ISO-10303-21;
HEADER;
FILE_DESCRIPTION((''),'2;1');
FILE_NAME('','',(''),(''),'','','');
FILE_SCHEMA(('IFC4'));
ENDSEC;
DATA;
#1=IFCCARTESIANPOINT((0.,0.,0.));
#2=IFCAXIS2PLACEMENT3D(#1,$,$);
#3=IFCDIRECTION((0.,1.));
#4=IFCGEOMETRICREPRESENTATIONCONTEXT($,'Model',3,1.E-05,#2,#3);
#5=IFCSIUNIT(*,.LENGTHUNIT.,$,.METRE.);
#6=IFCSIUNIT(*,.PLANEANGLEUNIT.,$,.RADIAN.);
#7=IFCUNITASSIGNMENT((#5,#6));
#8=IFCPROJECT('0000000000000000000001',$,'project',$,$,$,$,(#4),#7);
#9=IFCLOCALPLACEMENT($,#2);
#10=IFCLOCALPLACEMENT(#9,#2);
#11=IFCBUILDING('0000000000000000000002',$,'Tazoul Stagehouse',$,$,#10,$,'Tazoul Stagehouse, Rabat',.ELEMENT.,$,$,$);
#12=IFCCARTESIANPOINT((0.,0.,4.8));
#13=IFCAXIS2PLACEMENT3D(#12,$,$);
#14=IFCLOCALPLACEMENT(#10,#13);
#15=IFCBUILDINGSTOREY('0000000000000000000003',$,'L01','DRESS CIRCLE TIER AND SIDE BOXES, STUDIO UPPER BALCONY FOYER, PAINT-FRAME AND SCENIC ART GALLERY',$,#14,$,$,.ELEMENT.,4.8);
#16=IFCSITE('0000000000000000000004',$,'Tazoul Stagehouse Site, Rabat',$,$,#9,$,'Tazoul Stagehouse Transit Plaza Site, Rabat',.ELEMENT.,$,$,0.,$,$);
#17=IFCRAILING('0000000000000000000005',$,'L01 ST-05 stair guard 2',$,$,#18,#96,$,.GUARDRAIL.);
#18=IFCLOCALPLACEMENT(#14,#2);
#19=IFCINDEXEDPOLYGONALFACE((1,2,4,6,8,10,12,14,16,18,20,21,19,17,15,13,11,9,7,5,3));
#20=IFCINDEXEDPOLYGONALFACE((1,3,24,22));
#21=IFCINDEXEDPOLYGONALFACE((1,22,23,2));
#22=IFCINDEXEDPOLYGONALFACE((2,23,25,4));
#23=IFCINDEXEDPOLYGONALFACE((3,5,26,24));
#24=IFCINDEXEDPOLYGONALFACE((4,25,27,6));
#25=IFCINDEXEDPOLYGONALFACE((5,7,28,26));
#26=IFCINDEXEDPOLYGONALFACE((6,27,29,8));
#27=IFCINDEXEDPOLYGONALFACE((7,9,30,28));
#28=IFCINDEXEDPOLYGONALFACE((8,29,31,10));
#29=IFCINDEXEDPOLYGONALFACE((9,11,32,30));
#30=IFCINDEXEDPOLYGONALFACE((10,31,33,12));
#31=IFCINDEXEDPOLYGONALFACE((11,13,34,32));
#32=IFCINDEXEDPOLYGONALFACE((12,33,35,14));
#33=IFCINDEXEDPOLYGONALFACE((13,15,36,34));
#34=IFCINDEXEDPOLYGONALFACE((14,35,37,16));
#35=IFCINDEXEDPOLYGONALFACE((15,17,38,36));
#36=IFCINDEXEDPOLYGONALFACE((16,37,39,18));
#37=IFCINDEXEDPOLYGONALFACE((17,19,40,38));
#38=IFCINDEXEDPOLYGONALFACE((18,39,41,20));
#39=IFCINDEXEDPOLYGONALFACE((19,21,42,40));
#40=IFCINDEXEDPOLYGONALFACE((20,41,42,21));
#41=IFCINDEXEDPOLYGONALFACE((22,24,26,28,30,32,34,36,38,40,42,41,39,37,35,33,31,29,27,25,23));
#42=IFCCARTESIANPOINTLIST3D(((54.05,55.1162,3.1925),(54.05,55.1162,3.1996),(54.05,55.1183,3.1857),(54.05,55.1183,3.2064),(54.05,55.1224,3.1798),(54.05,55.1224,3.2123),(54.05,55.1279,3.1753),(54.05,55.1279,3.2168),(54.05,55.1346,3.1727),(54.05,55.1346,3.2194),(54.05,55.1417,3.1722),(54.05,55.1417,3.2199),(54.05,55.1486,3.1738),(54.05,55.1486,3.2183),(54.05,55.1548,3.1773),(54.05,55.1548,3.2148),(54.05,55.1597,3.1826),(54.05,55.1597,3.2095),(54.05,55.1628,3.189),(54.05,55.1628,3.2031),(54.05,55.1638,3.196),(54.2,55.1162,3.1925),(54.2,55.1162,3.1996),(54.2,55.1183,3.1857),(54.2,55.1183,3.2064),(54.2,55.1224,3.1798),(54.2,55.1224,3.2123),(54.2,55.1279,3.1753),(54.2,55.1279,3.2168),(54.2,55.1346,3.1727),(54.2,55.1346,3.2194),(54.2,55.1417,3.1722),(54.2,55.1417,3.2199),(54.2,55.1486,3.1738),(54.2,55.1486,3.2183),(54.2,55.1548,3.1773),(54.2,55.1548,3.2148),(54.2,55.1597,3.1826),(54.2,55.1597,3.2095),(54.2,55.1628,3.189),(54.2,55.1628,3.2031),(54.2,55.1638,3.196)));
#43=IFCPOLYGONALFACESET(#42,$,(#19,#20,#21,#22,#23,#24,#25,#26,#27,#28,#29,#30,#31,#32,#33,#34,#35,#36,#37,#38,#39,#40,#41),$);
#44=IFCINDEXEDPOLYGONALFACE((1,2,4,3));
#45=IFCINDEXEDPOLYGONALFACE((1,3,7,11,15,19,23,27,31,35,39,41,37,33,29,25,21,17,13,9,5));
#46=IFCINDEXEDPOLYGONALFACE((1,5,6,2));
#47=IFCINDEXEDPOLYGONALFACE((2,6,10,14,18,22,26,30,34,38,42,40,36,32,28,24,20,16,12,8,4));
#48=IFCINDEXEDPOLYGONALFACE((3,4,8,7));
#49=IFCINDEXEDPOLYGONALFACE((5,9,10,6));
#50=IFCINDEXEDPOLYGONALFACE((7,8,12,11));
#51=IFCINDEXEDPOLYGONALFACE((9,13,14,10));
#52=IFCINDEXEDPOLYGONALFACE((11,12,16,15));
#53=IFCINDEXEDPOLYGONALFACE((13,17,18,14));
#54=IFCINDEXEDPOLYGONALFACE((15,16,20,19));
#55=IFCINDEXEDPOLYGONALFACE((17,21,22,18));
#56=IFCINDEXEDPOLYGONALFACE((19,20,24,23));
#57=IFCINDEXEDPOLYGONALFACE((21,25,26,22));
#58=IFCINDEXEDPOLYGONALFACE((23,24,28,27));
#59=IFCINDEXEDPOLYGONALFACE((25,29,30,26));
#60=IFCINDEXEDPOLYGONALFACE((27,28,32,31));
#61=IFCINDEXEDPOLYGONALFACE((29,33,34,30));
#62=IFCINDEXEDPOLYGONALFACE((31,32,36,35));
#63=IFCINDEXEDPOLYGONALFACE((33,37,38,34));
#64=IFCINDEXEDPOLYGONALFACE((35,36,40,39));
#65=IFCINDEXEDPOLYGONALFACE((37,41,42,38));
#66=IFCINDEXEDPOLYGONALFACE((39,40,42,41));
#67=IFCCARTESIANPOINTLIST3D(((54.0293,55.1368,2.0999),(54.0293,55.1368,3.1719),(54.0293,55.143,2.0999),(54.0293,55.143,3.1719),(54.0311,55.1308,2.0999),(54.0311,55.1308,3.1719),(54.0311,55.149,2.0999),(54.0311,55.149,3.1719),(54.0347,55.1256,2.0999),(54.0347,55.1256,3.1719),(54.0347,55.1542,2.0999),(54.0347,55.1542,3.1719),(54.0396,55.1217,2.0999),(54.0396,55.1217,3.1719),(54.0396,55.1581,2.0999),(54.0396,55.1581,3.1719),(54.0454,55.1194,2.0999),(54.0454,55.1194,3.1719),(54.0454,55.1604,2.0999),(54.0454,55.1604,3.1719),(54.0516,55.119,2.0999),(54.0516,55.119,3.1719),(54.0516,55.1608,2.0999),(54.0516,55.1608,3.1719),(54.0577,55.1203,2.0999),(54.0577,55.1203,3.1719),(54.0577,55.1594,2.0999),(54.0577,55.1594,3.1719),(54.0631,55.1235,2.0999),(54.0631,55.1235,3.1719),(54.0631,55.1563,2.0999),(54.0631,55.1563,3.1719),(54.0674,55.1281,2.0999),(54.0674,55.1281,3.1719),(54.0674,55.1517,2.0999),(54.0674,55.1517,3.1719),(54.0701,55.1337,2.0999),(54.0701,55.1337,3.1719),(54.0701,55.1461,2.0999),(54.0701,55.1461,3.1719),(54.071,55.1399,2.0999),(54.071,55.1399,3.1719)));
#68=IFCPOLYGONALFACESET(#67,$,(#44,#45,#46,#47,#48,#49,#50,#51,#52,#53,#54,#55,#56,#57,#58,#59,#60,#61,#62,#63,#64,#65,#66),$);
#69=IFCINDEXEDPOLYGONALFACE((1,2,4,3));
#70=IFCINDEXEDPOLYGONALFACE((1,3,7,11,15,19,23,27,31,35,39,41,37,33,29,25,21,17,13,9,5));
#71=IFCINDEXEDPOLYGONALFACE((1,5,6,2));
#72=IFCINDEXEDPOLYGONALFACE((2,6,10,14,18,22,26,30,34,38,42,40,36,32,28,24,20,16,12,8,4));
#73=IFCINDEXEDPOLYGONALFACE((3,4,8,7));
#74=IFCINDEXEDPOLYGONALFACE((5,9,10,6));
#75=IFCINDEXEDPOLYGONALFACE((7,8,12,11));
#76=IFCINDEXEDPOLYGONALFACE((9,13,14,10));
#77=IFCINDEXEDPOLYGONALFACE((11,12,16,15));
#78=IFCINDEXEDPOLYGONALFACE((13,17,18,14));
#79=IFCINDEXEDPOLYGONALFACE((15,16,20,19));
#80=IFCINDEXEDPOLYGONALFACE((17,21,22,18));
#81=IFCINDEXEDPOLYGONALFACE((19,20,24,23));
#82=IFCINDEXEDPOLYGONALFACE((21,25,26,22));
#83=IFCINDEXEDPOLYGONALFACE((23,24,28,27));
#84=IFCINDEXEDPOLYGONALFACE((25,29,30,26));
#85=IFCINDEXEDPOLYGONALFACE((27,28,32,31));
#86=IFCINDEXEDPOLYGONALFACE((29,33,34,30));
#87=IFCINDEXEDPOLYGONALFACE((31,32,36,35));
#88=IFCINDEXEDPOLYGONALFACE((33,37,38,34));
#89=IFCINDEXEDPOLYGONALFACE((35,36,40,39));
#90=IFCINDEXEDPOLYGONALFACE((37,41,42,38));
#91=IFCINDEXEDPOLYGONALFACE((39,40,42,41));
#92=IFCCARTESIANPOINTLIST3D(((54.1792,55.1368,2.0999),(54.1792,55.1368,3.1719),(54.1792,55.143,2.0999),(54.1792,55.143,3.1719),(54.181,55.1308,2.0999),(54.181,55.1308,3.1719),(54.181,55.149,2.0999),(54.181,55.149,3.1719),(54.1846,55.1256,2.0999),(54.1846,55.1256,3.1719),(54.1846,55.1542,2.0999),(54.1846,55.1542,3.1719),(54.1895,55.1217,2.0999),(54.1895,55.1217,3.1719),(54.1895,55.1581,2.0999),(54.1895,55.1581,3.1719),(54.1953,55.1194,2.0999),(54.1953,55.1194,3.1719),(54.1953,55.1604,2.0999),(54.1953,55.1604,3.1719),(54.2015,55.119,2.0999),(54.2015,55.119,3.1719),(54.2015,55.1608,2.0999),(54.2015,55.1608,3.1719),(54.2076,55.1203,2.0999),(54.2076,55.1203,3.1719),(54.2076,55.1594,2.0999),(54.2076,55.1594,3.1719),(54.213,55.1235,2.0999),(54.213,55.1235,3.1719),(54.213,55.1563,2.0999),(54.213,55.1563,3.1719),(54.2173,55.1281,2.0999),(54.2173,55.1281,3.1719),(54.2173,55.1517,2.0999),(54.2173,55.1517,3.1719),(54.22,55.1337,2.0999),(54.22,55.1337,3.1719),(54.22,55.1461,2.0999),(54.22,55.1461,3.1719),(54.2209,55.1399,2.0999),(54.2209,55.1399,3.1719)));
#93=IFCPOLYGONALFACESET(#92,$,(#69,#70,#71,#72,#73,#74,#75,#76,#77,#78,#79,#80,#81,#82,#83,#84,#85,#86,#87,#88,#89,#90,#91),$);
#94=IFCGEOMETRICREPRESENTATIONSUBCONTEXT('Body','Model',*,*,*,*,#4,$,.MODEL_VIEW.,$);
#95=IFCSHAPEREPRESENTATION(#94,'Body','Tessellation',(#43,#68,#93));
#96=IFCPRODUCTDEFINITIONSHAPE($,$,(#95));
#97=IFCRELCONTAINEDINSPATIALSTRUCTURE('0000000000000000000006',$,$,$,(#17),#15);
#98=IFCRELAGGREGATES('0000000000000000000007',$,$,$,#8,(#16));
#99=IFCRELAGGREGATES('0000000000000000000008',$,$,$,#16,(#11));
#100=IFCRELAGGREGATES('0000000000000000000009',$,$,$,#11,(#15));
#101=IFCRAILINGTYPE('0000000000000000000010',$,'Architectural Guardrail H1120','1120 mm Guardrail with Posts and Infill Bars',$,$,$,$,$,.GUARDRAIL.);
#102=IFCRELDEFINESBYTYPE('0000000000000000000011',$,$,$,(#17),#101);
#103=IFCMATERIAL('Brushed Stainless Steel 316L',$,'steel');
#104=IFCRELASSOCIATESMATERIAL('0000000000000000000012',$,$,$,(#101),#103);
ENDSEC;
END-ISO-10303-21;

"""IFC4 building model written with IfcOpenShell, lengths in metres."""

from ifc_helpers import new_model, si_unit, direction, frame, origin, origin_2d, place, context, subcontext, project, spatial, circle, extrude, material, material_profile, profile_set, type_object, element, save


model = new_model("IFC4")

# Units and contexts
model_context = context("Model", 3, precision=1e-05, world=origin(), true_north=direction((0.0, 1.0)))
body_context = subcontext(model_context, "Body", "Model", "MODEL_VIEW")
ifc_project = project(units=[si_unit("LENGTHUNIT", "METRE"), si_unit("PLANEANGLEUNIT", "RADIAN")], contexts=[model_context])

# Site, building, storey
site_placement = place(None, origin())
site = spatial("IfcSite", under=ifc_project, at=site_placement, Name="Tazoul Stagehouse Site, Rabat", LongName="Tazoul Stagehouse Transit Plaza Site, Rabat", CompositionType="ELEMENT", RefElevation=0.0)
building_placement = place(site_placement, origin())
building = spatial("IfcBuilding", under=site, at=building_placement, Name="Tazoul Stagehouse", LongName="Tazoul Stagehouse, Rabat", CompositionType="ELEMENT")
storey_placement = place(building_placement, frame((0.0, 0.0, 4.8)))
storey = spatial("IfcBuildingStorey", under=building, at=storey_placement, Name="L01", Description="DRESS CIRCLE TIER AND SIDE BOXES, STUDIO UPPER BALCONY FOYER, PAINT-FRAME AND SCENIC ART GALLERY", CompositionType="ELEMENT", Elevation=4.8)

# Railing
ifc_material_1 = material(Name="Brushed Stainless Steel 316L", Category="steel")
ifc_material_profile_1 = material_profile(ifc_material_1, circle(Radius=0.0239, at=origin_2d()), Name="SS RAIL D48")
ifc_profile_set_1 = profile_set([ifc_material_profile_1], Name="Brushed Stainless Steel 316L")
railing_type_1 = type_object("IfcRailingType", Name="Architectural Guardrail H1120", Description="1120 mm Guardrail with Posts and Infill Bars", PredefinedType="GUARDRAIL", material=ifc_profile_set_1)
railing_1_placement = place(storey_placement, frame((54.05, 55.1399, 2.0999)))
element("IfcRailing", 1, at=railing_1_placement, inside=storey, type_object=railing_type_1, Name="L01 ST-05 stair guard 2", PredefinedType="GUARDRAIL", context=body_context, shape_type="SweptSolid", body=[
    extrude(circle(Radius=0.0239, at=origin_2d()), frame((0.0, 0.0, 1.0962), z_axis=(1.0, 0.0, 0.0), x_axis=(0.0, 1.0, 0.0)), (0.0, 0.0, 1.0), 0.1499),
    extrude(circle(Radius=0.021, at=origin_2d()), origin(), (0.0, 0.0, 1.0), 1.072),
    extrude(circle(Radius=0.021, at=origin_2d()), frame((0.1499, 0.0, 0.0)), (0.0, 0.0, 1.0), 1.072),
])

save(model, "model.ifc")
